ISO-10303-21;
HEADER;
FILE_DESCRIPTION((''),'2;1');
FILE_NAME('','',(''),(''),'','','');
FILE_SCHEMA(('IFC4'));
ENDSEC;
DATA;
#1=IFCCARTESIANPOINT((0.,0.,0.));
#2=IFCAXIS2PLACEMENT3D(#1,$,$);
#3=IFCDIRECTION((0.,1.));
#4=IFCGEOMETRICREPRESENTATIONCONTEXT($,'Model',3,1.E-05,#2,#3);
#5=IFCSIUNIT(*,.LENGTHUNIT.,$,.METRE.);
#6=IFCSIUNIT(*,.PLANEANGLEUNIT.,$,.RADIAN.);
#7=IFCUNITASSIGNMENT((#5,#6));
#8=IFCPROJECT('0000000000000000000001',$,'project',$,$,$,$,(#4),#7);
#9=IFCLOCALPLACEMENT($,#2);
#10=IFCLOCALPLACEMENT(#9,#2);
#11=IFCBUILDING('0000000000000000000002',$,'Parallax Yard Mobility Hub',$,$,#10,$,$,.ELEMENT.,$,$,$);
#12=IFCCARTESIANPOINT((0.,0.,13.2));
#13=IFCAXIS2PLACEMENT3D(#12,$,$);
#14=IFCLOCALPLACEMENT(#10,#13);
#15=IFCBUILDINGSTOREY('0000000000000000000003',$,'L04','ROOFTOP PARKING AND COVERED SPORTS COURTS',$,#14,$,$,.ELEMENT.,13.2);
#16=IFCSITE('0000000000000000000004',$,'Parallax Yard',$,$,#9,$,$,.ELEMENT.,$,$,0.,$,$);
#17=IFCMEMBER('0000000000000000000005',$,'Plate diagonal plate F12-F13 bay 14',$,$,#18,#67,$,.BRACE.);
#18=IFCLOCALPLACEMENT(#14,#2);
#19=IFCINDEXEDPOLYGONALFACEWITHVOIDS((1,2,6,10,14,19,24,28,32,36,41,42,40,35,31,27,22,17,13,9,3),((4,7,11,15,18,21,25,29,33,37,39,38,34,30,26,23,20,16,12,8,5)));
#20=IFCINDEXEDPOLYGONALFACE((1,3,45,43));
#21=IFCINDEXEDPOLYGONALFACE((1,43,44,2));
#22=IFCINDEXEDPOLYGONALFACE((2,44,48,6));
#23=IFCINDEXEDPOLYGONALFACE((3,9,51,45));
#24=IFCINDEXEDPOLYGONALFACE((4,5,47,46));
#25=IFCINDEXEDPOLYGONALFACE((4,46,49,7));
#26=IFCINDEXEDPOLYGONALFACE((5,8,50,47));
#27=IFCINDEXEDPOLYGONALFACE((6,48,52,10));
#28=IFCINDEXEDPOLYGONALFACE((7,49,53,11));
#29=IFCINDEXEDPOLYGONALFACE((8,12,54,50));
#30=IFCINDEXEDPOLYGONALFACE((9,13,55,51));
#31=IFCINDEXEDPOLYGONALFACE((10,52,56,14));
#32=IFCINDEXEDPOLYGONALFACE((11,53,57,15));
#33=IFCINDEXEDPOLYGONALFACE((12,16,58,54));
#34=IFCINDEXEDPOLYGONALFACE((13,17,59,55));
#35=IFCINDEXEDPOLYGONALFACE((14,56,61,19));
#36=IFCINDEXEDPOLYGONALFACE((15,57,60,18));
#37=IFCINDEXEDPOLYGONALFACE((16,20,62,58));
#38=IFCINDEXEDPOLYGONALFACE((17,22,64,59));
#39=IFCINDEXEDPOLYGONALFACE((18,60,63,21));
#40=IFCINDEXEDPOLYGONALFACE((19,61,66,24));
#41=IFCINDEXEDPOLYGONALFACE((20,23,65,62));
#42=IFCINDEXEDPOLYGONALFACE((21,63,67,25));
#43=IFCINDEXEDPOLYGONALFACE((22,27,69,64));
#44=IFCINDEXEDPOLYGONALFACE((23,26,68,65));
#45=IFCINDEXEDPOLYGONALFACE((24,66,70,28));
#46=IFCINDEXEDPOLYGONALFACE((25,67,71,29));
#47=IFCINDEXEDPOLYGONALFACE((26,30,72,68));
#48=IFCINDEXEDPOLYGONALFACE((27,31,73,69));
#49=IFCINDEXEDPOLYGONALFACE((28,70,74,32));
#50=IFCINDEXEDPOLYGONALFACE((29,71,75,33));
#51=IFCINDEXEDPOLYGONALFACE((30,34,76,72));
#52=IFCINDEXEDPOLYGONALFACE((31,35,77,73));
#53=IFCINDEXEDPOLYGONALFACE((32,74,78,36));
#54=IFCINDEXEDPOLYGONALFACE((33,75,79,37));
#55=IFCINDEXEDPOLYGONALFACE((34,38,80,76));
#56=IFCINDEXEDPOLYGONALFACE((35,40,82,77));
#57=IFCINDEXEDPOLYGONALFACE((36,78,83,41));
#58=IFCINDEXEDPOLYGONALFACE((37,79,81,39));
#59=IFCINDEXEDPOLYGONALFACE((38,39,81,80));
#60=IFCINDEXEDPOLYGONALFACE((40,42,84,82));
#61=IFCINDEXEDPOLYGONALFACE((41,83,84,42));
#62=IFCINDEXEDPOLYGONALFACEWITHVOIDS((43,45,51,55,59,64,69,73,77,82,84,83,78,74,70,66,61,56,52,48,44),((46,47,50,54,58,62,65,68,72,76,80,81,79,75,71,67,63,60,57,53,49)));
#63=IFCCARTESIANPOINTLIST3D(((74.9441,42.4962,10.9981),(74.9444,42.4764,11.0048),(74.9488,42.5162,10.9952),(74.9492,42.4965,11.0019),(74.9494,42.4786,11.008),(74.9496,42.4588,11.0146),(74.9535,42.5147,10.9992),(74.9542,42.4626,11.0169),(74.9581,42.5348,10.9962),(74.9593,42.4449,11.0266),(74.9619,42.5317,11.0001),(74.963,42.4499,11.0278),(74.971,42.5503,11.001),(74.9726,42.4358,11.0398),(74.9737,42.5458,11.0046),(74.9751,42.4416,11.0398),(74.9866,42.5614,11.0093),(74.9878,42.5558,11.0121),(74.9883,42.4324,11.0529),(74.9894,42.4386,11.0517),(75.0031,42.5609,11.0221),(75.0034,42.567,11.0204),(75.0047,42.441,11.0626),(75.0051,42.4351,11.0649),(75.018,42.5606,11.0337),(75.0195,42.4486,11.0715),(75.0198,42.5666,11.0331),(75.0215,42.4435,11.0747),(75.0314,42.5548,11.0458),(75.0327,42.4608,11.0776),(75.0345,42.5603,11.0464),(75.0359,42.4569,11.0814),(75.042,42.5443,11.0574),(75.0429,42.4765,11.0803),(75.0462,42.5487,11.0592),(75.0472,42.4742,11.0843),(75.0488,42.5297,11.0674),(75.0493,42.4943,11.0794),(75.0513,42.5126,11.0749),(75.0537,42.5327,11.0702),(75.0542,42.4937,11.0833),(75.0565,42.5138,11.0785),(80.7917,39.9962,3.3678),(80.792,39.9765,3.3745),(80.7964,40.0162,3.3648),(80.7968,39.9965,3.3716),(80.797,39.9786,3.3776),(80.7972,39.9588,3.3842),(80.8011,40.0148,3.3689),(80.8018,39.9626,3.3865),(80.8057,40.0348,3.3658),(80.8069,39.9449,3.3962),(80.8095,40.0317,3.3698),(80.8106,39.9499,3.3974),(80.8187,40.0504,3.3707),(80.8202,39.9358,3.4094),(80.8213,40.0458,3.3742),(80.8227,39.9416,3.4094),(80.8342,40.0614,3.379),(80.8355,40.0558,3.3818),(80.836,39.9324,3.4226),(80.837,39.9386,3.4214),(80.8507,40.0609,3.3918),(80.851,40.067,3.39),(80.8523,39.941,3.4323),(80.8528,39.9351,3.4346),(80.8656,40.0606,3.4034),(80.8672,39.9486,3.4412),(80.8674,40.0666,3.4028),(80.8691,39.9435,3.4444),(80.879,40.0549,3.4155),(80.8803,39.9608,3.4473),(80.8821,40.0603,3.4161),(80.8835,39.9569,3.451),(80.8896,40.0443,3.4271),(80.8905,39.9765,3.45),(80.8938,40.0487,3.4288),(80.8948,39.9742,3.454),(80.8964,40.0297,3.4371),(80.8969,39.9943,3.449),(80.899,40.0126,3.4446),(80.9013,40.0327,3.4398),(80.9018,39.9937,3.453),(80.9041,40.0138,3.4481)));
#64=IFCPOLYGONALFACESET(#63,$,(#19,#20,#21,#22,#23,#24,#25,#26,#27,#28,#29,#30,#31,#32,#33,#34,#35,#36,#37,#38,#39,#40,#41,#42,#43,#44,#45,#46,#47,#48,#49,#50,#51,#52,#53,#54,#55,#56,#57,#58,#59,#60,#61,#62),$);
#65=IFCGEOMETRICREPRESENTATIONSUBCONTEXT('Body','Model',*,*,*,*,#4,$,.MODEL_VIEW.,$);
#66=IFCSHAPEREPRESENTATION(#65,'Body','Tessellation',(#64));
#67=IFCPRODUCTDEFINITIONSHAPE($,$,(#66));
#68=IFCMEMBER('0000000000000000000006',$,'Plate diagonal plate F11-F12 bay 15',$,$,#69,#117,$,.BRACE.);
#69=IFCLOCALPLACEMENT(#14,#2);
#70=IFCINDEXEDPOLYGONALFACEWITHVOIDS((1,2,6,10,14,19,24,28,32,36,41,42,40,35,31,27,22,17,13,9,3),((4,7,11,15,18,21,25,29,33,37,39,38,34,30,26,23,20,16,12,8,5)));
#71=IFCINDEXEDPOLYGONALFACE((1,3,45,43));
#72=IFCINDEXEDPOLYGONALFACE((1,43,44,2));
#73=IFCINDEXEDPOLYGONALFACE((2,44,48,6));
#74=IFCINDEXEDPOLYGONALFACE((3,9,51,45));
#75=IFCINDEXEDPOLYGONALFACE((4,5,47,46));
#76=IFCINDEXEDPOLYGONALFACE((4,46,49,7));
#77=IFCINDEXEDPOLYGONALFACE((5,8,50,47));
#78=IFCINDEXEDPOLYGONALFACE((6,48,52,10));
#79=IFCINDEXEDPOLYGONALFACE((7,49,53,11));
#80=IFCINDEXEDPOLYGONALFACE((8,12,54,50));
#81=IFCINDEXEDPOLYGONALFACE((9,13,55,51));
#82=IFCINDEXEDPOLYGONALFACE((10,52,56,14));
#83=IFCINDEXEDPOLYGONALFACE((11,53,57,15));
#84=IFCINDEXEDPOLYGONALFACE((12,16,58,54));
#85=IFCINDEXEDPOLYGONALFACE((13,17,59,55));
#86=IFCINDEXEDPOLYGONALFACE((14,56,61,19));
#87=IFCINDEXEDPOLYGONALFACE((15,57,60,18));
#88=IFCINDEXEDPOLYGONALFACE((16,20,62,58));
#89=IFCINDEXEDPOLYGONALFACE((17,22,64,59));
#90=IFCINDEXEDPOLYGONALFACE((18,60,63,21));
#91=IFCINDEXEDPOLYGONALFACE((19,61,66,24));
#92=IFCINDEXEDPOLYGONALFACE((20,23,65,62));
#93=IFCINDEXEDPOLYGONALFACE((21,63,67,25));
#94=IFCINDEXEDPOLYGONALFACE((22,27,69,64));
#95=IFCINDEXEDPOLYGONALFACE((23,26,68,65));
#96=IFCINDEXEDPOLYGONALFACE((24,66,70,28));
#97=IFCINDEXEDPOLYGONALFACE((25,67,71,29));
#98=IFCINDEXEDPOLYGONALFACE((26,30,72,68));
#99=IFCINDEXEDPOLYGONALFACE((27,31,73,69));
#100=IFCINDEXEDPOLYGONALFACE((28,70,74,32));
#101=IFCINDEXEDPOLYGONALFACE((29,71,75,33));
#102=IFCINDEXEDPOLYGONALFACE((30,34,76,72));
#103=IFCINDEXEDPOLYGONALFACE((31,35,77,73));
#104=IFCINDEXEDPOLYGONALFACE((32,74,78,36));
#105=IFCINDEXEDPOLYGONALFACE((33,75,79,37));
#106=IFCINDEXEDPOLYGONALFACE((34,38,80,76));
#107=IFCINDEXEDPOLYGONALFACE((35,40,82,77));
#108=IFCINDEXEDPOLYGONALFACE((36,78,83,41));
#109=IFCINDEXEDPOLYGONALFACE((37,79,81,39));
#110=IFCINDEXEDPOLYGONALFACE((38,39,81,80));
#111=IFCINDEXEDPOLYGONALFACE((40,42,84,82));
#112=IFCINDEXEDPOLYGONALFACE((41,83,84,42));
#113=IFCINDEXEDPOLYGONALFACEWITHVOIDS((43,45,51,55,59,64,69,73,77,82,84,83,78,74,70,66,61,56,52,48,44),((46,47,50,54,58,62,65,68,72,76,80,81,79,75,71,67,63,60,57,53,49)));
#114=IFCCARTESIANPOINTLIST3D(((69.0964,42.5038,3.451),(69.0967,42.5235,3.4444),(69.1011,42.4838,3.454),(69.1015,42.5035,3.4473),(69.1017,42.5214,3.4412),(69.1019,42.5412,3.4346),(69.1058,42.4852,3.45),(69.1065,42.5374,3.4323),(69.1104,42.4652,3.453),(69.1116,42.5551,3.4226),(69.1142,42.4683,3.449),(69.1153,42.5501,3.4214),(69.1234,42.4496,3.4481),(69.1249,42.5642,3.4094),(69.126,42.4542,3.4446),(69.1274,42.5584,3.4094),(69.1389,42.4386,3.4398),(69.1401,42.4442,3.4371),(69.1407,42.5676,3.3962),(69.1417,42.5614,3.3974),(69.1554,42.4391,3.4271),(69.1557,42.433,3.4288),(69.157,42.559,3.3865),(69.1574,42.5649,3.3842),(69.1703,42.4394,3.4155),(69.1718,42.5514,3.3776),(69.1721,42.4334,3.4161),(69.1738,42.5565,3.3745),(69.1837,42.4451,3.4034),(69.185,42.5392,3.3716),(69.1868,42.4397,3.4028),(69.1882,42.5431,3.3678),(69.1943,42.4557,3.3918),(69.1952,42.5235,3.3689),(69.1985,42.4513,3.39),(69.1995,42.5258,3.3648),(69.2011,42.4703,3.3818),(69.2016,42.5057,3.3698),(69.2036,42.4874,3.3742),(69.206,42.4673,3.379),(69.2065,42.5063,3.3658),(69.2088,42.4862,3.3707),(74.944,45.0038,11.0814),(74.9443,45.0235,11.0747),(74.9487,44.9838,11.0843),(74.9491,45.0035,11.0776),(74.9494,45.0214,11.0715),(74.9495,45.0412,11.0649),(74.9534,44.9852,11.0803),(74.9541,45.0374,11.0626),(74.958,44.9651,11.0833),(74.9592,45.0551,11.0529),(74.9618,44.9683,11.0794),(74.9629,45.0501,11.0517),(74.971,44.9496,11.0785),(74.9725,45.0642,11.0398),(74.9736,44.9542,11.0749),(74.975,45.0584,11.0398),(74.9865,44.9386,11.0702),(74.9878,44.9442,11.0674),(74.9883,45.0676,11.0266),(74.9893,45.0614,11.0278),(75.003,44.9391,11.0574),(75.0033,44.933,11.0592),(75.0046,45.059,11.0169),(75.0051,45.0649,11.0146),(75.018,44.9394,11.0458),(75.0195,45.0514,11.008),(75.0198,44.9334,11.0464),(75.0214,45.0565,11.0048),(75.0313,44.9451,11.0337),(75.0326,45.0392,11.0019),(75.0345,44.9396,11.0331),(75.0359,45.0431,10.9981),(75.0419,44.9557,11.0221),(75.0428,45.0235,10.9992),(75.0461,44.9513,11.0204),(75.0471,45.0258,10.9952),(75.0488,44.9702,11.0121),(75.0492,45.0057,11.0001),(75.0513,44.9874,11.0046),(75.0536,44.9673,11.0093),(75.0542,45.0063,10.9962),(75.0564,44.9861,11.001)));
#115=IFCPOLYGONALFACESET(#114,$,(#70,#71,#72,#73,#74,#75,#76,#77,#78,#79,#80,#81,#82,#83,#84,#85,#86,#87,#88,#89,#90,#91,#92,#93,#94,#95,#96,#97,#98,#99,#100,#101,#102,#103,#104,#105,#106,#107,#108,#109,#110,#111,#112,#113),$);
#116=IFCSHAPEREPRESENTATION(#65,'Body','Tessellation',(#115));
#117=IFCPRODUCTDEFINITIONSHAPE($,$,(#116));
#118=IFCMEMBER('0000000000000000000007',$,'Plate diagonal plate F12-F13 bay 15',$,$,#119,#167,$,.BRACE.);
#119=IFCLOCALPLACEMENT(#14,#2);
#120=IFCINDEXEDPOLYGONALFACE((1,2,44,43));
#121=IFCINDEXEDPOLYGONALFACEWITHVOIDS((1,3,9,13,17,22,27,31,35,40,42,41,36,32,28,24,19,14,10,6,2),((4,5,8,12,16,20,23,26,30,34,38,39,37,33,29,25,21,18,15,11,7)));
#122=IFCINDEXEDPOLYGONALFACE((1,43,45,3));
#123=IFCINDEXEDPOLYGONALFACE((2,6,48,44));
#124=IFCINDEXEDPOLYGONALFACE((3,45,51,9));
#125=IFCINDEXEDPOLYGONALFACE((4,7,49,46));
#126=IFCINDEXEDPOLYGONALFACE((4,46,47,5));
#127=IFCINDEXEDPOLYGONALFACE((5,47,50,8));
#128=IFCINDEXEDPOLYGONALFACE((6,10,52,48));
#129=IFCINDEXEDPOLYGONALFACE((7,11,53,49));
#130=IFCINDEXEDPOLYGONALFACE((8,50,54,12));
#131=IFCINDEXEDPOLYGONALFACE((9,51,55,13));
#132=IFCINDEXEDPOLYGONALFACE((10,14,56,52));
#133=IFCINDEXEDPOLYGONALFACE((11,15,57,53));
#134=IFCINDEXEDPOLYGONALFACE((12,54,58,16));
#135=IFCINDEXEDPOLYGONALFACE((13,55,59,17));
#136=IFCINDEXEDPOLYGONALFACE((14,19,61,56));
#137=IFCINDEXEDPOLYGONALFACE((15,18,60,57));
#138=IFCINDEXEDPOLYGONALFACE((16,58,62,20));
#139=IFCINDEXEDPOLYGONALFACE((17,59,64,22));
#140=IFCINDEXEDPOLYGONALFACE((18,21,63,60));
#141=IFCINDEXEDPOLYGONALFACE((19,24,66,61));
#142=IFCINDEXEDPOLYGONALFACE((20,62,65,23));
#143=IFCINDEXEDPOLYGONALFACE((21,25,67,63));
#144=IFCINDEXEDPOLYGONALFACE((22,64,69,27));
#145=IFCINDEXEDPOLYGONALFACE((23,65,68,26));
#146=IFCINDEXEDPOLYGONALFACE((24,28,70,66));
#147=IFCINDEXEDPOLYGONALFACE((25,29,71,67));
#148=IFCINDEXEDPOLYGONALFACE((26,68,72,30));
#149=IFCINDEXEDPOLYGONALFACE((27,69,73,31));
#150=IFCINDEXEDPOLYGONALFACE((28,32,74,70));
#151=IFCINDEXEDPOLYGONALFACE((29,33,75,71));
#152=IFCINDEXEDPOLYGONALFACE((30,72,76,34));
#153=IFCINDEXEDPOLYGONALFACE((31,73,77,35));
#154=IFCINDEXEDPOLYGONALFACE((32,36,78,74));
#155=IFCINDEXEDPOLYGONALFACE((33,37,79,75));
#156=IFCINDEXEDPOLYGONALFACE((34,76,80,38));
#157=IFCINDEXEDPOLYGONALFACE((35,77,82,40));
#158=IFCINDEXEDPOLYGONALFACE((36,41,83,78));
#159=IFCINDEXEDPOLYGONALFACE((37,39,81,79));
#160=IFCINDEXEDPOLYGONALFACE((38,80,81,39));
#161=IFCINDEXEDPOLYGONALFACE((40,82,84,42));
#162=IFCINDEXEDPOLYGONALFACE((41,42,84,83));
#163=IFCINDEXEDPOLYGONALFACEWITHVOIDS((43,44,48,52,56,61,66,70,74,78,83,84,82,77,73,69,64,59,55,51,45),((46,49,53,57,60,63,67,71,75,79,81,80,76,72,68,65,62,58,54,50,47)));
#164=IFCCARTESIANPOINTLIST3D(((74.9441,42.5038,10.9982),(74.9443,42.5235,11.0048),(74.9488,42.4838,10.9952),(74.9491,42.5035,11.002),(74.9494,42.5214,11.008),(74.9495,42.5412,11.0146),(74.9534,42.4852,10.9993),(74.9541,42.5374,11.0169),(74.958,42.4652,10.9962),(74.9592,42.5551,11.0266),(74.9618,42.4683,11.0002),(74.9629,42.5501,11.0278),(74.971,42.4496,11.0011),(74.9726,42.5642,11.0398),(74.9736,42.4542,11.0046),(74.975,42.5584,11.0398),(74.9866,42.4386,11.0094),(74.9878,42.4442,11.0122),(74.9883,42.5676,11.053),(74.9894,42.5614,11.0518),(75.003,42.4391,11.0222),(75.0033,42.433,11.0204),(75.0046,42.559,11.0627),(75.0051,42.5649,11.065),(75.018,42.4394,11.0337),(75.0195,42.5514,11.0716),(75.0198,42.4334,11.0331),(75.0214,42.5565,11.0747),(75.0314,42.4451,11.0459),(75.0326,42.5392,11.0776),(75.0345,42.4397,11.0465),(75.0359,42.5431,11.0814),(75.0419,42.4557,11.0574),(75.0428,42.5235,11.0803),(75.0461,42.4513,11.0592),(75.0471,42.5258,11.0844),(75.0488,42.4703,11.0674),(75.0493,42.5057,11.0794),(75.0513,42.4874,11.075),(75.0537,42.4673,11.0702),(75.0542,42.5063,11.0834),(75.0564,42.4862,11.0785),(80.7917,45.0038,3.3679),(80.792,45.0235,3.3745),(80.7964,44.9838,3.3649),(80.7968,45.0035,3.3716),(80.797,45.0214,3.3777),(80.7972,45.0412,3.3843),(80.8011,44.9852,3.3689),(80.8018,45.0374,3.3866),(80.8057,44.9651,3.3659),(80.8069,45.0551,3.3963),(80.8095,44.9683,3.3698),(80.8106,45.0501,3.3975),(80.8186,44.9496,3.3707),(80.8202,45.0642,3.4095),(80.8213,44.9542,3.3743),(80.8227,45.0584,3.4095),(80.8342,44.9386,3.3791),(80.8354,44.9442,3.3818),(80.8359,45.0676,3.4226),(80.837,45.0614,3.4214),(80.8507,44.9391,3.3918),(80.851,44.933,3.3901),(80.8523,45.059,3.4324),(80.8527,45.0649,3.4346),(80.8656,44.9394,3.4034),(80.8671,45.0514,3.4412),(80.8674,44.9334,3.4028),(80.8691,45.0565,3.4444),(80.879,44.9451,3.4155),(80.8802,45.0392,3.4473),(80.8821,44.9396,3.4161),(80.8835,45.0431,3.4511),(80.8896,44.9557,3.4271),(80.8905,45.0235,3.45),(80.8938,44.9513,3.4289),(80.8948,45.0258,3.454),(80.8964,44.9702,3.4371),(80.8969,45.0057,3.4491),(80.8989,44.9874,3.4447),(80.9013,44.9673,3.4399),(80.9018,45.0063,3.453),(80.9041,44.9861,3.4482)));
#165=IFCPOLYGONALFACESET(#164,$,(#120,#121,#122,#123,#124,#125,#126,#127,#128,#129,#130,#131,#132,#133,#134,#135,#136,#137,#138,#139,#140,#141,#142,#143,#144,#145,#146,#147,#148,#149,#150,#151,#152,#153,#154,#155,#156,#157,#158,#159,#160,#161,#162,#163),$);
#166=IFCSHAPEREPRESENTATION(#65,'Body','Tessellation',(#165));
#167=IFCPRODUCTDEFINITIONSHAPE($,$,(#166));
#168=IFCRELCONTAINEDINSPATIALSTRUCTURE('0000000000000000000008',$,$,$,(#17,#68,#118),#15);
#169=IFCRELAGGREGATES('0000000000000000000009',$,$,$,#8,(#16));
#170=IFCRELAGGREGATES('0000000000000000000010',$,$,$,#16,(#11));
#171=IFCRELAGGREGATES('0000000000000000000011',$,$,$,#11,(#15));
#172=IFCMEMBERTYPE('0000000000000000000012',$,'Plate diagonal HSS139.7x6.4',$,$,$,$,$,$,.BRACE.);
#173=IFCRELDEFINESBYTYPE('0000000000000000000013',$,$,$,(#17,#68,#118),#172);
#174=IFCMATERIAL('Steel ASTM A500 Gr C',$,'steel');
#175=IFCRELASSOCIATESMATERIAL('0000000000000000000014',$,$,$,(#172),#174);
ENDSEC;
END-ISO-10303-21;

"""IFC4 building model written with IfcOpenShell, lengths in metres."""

from ifc_helpers import new_model, si_unit, direction, frame, origin, origin_2d, place, context, subcontext, project, spatial, hollow_circle, extrude, material, material_profile, profile_set, type_object, element, save


model = new_model("IFC4")

# Units and contexts
model_context = context("Model", 3, precision=1e-05, world=origin(), true_north=direction((0.0, 1.0)))
body_context = subcontext(model_context, "Body", "Model", "MODEL_VIEW")
ifc_project = project(units=[si_unit("LENGTHUNIT", "METRE"), si_unit("PLANEANGLEUNIT", "RADIAN")], contexts=[model_context])

# Site, building, storey
site_placement = place(None, origin())
site = spatial("IfcSite", under=ifc_project, at=site_placement, Name="Parallax Yard", CompositionType="ELEMENT", RefElevation=0.0)
building_placement = place(site_placement, origin())
building = spatial("IfcBuilding", under=site, at=building_placement, Name="Parallax Yard Mobility Hub", CompositionType="ELEMENT")
storey_placement = place(building_placement, frame((0.0, 0.0, 13.2)))
storey = spatial("IfcBuildingStorey", under=building, at=storey_placement, Name="L04", Description="ROOFTOP PARKING AND COVERED SPORTS COURTS", CompositionType="ELEMENT", Elevation=13.2)

# Members
ifc_material_1 = material(Name="Steel ASTM A500 Gr C", Category="steel")
ifc_material_profile_1 = material_profile(ifc_material_1, hollow_circle(Radius=0.0698, WallThickness=0.0063, at=origin_2d()), Name="HSS139.7x6.4")
ifc_profile_set_1 = profile_set([ifc_material_profile_1], Name="Steel ASTM A500 Gr C")
member_type_1 = type_object("IfcMemberType", Name="Plate diagonal HSS139.7x6.4", PredefinedType="BRACE", material=ifc_profile_set_1)
for number, where, z_axis, x_axis, name in (
    (1, (80.8477, 40.0, 3.4094), (-0.588701, 0.251682, 0.768172), (-0.393104, -0.919494, 0.0), "Plate diagonal plate F12-F13 bay 14"),
    (2, (69.1523, 42.5, 3.4094), (0.588701, 0.251682, 0.768172), (-0.393104, 0.919494, 0.0), "Plate diagonal plate F11-F12 bay 15"),
    (3, (75.0, 42.5, 11.0398), (0.588701, 0.251682, -0.768172), (-0.393104, 0.919494, 0.0), "Plate diagonal plate F12-F13 bay 15"),
):
    element("IfcMember", number, at=place(storey_placement, frame(where, z_axis=z_axis, x_axis=x_axis)), inside=storey, type_object=member_type_1, Name=name, PredefinedType="BRACE", context=body_context, shape_type="SweptSolid", body=[
        extrude(hollow_circle(Radius=0.0698, WallThickness=0.0063, at=origin_2d()), origin(), (0.0, 0.0, 1.0), 9.9331),
    ])

save(model, "model.ifc")
